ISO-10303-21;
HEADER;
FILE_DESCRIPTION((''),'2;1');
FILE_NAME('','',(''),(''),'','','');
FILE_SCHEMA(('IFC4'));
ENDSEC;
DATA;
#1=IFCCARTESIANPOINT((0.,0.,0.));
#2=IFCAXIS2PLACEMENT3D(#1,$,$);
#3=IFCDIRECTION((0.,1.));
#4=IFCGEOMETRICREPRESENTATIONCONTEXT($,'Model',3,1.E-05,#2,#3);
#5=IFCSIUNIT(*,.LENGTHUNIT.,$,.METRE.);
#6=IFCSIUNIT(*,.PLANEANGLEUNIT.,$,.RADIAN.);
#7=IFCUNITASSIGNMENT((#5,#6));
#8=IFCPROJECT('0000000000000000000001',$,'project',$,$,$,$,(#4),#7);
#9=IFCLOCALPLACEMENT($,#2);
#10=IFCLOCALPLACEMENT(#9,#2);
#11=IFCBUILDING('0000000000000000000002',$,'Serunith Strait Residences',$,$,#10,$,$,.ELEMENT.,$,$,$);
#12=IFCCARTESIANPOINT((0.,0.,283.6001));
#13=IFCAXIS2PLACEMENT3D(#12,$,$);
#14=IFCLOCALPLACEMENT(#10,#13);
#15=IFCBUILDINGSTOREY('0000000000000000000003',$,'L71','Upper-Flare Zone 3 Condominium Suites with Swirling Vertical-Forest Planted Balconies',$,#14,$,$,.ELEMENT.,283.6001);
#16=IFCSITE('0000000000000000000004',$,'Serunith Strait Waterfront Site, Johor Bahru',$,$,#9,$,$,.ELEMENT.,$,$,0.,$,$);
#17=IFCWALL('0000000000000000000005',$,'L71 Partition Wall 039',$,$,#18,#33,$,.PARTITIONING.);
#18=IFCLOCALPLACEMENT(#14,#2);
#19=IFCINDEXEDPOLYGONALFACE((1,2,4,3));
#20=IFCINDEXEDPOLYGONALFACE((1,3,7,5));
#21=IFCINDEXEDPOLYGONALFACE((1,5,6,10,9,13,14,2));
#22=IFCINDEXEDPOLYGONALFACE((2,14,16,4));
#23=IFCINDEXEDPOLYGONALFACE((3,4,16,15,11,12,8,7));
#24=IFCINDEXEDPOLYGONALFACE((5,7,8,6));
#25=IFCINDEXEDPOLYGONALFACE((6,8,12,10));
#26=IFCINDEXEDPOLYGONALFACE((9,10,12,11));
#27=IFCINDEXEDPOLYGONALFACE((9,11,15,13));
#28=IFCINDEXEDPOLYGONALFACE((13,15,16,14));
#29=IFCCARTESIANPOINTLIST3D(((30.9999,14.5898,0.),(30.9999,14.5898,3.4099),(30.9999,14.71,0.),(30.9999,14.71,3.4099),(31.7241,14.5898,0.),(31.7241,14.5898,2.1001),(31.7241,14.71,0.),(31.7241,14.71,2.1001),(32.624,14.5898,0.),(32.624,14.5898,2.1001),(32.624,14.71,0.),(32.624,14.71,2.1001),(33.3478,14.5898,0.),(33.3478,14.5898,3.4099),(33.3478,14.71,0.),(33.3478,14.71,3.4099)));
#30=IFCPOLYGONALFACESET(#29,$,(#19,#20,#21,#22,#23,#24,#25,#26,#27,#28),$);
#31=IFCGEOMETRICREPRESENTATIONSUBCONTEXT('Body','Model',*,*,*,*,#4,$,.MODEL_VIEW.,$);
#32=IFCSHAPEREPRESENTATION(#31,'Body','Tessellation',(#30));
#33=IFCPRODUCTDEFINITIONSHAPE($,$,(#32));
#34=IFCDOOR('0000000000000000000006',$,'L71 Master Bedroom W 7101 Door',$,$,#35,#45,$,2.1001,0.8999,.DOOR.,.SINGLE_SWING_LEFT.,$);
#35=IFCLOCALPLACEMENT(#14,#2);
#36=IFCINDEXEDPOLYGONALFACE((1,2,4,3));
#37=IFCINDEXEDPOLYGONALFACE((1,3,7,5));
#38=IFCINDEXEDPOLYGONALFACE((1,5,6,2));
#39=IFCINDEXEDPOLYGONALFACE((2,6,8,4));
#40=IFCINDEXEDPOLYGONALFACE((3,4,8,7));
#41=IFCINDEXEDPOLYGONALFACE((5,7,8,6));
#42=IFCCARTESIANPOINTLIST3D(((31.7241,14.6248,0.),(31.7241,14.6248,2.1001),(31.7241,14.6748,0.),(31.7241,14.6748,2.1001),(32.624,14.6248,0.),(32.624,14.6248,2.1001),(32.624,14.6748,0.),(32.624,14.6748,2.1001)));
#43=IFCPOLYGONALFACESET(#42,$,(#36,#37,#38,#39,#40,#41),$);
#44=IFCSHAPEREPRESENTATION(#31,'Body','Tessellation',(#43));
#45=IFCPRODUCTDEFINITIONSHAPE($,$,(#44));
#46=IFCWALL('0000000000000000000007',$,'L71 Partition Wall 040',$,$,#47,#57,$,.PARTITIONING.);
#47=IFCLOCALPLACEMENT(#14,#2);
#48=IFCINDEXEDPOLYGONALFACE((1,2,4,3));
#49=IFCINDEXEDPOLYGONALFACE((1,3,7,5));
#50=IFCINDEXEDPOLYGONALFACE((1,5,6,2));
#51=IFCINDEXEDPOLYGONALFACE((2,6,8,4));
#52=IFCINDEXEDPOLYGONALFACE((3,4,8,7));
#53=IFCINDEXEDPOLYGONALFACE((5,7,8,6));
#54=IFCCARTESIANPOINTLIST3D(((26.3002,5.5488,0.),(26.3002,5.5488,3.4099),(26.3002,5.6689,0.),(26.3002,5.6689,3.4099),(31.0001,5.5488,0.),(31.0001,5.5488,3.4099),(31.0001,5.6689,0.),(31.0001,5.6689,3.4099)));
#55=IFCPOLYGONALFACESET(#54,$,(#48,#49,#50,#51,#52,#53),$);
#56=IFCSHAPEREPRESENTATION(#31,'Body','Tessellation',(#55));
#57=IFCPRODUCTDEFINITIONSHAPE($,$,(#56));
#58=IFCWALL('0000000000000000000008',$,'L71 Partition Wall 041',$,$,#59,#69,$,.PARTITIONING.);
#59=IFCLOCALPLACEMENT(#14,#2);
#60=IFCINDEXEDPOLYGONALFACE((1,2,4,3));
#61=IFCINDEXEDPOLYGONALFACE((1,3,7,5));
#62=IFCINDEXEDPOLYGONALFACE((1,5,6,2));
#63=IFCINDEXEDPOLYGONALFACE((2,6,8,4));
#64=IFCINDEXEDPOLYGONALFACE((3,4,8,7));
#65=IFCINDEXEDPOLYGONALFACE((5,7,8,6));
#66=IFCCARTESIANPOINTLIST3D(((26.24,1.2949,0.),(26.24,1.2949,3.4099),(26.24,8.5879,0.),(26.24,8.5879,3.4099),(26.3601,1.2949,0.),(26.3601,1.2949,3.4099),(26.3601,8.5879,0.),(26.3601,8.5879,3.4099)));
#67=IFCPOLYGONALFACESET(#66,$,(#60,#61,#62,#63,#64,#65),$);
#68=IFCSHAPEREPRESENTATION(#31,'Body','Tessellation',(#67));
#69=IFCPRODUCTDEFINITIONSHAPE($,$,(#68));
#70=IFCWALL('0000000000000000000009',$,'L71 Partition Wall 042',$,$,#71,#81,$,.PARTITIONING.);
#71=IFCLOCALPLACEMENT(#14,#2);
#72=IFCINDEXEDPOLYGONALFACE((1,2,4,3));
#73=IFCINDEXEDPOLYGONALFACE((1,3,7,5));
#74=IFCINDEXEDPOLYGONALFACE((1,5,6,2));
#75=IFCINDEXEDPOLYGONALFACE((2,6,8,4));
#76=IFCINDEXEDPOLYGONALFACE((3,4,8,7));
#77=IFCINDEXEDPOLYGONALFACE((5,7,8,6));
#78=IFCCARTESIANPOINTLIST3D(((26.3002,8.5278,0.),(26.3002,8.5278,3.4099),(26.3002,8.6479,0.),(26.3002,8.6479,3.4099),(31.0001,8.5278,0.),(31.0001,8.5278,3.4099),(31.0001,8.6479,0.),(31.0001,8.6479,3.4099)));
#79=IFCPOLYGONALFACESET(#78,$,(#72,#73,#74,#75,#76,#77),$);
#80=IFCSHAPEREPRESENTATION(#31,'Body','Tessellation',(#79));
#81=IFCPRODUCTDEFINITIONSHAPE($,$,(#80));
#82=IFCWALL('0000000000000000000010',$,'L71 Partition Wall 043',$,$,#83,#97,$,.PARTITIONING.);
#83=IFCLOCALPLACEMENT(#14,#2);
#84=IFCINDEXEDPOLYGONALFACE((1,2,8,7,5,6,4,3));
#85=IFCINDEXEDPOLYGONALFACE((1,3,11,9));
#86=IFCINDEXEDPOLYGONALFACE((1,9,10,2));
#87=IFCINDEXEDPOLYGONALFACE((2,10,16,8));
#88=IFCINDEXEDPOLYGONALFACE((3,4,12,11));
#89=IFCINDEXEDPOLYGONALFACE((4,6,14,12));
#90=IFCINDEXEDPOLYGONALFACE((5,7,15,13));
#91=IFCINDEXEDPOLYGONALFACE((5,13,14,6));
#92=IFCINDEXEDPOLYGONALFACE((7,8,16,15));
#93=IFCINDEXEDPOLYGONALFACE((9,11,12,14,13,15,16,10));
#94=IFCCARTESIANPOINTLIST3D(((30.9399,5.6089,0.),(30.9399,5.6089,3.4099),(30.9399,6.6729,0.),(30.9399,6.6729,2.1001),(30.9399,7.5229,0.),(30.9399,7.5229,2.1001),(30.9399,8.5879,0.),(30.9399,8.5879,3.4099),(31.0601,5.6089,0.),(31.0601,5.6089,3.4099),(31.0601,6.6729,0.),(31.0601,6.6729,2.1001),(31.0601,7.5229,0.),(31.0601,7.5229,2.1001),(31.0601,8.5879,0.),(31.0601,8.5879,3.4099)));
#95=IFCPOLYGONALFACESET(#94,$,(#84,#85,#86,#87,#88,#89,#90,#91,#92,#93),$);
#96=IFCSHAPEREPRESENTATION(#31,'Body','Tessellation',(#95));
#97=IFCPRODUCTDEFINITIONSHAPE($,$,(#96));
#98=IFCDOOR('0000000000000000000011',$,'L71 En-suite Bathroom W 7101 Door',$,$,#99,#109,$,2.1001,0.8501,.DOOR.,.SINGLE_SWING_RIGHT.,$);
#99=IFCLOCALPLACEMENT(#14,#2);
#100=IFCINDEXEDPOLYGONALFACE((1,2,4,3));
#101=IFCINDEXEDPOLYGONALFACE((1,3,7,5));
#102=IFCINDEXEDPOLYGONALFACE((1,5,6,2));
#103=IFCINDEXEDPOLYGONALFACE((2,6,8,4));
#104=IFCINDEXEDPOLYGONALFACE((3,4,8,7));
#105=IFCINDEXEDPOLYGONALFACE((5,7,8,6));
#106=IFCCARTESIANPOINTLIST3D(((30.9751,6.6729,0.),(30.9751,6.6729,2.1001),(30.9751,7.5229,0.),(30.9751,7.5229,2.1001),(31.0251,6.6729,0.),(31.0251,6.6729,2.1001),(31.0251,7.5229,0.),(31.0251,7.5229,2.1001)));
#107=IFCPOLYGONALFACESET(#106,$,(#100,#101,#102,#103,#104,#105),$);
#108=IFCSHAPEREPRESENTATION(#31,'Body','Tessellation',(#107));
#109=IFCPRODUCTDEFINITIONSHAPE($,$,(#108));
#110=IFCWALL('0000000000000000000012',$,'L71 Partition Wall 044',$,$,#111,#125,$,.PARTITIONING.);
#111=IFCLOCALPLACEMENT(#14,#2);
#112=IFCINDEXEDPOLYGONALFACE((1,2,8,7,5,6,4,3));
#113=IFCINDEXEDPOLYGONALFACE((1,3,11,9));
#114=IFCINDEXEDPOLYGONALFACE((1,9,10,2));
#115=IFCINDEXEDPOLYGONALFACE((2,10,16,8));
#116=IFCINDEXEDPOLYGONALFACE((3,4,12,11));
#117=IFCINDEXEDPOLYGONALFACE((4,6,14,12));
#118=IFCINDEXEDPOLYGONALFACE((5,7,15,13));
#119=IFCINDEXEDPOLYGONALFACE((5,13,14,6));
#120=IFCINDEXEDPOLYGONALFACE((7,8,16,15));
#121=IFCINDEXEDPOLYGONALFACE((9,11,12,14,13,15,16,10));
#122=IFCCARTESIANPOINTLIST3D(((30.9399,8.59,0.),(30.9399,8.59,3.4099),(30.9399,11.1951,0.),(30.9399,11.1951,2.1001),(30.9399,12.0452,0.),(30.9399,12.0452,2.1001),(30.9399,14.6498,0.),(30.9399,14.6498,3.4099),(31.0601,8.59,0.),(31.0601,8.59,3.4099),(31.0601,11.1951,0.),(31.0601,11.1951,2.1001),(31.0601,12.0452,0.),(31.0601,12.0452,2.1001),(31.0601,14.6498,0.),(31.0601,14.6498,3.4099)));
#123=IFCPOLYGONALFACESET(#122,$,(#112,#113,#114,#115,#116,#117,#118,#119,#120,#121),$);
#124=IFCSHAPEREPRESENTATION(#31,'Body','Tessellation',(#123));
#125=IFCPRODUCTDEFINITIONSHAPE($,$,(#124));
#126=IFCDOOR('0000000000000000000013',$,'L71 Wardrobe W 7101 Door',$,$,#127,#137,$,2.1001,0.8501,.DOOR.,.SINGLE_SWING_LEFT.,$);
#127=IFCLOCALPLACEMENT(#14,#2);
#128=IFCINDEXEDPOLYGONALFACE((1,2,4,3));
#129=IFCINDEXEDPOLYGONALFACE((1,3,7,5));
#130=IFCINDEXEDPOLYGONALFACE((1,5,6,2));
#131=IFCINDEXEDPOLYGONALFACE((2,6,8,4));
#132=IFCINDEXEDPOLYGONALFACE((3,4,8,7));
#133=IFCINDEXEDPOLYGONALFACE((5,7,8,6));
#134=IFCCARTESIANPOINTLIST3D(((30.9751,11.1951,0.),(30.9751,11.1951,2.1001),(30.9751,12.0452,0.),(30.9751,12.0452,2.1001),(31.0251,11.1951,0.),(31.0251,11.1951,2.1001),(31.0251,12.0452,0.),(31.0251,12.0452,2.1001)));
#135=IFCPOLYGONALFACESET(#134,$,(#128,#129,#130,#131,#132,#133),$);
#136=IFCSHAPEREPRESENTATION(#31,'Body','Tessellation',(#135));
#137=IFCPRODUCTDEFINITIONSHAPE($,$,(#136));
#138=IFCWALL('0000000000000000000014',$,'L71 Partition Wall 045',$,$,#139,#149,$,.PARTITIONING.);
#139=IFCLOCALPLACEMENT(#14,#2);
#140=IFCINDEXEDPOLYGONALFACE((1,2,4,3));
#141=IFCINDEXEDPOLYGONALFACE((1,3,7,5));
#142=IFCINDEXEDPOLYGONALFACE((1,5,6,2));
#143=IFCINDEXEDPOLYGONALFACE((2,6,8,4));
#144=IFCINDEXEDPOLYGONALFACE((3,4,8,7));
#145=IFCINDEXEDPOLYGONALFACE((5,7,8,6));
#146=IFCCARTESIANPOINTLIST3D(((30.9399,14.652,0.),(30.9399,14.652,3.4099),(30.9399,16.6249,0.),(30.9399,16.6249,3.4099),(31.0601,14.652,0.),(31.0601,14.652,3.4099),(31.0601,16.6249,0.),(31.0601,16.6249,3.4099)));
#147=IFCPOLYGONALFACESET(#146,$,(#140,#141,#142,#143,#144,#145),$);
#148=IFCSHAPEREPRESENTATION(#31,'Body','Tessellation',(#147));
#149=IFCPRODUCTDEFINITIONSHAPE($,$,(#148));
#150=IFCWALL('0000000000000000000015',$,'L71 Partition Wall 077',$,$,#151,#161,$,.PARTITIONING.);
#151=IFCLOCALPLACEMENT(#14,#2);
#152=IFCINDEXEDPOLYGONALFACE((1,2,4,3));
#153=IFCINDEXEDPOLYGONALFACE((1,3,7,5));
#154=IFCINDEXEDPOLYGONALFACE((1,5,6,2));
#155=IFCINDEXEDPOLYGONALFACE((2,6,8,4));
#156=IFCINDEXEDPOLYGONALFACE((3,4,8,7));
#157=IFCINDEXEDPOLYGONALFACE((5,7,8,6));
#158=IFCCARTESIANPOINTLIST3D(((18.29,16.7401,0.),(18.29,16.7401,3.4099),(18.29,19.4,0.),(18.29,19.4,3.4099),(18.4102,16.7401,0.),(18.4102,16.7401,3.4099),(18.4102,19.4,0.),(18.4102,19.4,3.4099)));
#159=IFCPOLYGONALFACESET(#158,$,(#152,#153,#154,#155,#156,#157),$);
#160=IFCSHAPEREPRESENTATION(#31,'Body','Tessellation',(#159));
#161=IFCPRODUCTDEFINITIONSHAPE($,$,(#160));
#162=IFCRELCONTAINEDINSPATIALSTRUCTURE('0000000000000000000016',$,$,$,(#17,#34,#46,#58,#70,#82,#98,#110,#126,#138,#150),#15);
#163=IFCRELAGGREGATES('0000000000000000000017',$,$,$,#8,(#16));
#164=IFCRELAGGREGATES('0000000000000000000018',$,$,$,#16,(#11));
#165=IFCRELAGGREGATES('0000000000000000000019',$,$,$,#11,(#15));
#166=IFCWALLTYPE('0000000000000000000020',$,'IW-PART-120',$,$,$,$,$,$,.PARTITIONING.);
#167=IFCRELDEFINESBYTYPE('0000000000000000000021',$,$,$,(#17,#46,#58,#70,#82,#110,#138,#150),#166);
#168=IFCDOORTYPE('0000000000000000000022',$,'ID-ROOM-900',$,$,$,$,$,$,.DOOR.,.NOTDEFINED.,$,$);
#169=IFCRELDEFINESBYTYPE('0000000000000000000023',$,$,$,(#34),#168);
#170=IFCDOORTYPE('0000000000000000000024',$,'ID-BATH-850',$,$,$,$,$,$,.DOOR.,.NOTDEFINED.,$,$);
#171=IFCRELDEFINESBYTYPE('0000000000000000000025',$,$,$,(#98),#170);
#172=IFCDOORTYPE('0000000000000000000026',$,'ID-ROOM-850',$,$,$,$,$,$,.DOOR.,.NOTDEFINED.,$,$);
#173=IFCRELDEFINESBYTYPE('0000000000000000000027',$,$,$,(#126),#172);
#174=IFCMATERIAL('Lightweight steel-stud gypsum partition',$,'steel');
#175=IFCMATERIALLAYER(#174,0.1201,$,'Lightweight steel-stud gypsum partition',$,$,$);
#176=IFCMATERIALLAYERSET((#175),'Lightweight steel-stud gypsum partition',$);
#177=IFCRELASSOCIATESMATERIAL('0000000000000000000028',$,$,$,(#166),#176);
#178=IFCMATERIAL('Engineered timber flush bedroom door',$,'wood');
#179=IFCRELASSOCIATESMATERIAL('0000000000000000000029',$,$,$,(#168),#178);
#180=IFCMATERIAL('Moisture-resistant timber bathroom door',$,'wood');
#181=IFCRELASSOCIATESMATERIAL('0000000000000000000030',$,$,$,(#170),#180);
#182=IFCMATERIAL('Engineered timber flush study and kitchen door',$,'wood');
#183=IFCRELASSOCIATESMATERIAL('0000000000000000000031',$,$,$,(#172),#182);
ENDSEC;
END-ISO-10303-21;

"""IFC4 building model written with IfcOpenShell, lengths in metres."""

from ifc_helpers import new_model, si_unit, direction, frame, frame_2d, origin, place, context, subcontext, project, spatial, rectangle, extrude, source, transform, mapped, material, layer, layer_set, type_object, element, fill, save


model = new_model("IFC4")

# Units and contexts
model_context = context("Model", 3, precision=1e-05, world=origin(), true_north=direction((0.0, 1.0)))
body_context = subcontext(model_context, "Body", "Model", "MODEL_VIEW")
ifc_project = project(units=[si_unit("LENGTHUNIT", "METRE"), si_unit("PLANEANGLEUNIT", "RADIAN")], contexts=[model_context])

# Site, building, storey
site_placement = place(None, origin())
site = spatial("IfcSite", under=ifc_project, at=site_placement, Name="Serunith Strait Waterfront Site, Johor Bahru", CompositionType="ELEMENT", RefElevation=0.0)
building_placement = place(site_placement, origin())
building = spatial("IfcBuilding", under=site, at=building_placement, Name="Serunith Strait Residences", CompositionType="ELEMENT")
storey_placement = place(building_placement, frame((0.0, 0.0, 283.6001)))
storey = spatial("IfcBuildingStorey", under=building, at=storey_placement, Name="L71", Description="Upper-Flare Zone 3 Condominium Suites with Swirling Vertical-Forest Planted Balconies", CompositionType="ELEMENT", Elevation=283.6001)

# Wall, opening, door
ifc_material_1 = material(Name="Lightweight steel-stud gypsum partition", Category="steel")
ifc_layer_1 = layer(ifc_material_1, 0.1201, Name="Lightweight steel-stud gypsum partition")
ifc_layer_set_1 = layer_set([ifc_layer_1], Name="Lightweight steel-stud gypsum partition")
wall_type = type_object("IfcWallType", Name="IW-PART-120", PredefinedType="PARTITIONING", material=ifc_layer_set_1)
wall_1_placement = place(storey_placement, frame((31.0, 14.6499, 0.0), z_axis=(0.0, 0.0, 1.0), x_axis=(1.0, 0.0, 0.0)))
wall_1 = element("IfcWall", 1, at=wall_1_placement, inside=storey, type_object=wall_type, Name="L71 Partition Wall 039", PredefinedType="PARTITIONING", context=body_context, shape_type="SweptSolid", body=[
    extrude(rectangle(XDim=2.3479, YDim=0.1201, at=frame_2d((1.1738, 0.0))), origin(), (0.0, 0.0, 1.0), 3.4099),
])
opening_1_placement = place(wall_1_placement, frame((0.7241, 0.0, 0.0)))
opening_1 = element("IfcOpeningElement", 2, at=opening_1_placement, cuts=wall_1, PredefinedType="OPENING", context=body_context, shape_type="SweptSolid", body=[
    extrude(rectangle(XDim=0.8999, YDim=2.1001, at=frame_2d((0.45, 1.05))), frame((0.0, 0.0701, 0.0), z_axis=(0.0, -1.0, 0.0), x_axis=(1.0, 0.0, 0.0)), (0.0, 0.0, 1.0), 0.1401),
])
ifc_material_2 = material(Name="Engineered timber flush bedroom door", Category="wood")
door_type_1 = type_object("IfcDoorType", Name="ID-ROOM-900", OperationType="NOTDEFINED", PredefinedType="DOOR", material=ifc_material_2)
shared_shape_1 = source(origin(), body_context, "Body", "SweptSolid", [
    extrude(rectangle(XDim=0.8999, YDim=2.1001, at=frame_2d((0.45, 1.05))), frame((0.0, 0.0249, 0.0), z_axis=(0.0, -1.0, 0.0), x_axis=(1.0, 0.0, 0.0)), (0.0, 0.0, 1.0), 0.05),
])
door_1_placement = place(opening_1_placement, origin())
door_1 = element("IfcDoor", 3, at=door_1_placement, inside=storey, type_object=door_type_1, Name="L71 Master Bedroom W 7101 Door", OperationType="SINGLE_SWING_LEFT", OverallHeight=2.1001, OverallWidth=0.8999, PredefinedType="DOOR", context=body_context, shape_type="MappedRepresentation", body=[
    mapped(shared_shape_1, transform((0.0, 0.0, 0.0), scale=1.0)),
])
fill(opening_1, door_1)

# Walls
wall_2_placement = place(storey_placement, frame((26.3, 5.6089, 0.0), z_axis=(0.0, 0.0, 1.0), x_axis=(1.0, 0.0, 0.0)))
element("IfcWall", 4, at=wall_2_placement, inside=storey, type_object=wall_type, Name="L71 Partition Wall 040", PredefinedType="PARTITIONING", context=body_context, shape_type="SweptSolid", body=[
    extrude(rectangle(XDim=4.7, YDim=0.1201, at=frame_2d((2.3501, 0.0))), origin(), (0.0, 0.0, 1.0), 3.4099),
])
wall_3_placement = place(storey_placement, frame((26.3, 1.2949, 0.0), z_axis=(0.0, 0.0, 1.0), x_axis=(0.0, 1.0, 0.0)))
element("IfcWall", 5, at=wall_3_placement, inside=storey, type_object=wall_type, Name="L71 Partition Wall 041", PredefinedType="PARTITIONING", context=body_context, shape_type="SweptSolid", body=[
    extrude(rectangle(XDim=7.293, YDim=0.1201, at=frame_2d((3.6465, 0.0))), origin(), (0.0, 0.0, 1.0), 3.4099),
])
wall_4_placement = place(storey_placement, frame((26.3, 8.5879, 0.0), z_axis=(0.0, 0.0, 1.0), x_axis=(1.0, 0.0, 0.0)))
element("IfcWall", 6, at=wall_4_placement, inside=storey, type_object=wall_type, Name="L71 Partition Wall 042", PredefinedType="PARTITIONING", context=body_context, shape_type="SweptSolid", body=[
    extrude(rectangle(XDim=4.7, YDim=0.1201, at=frame_2d((2.3501, 0.0))), origin(), (0.0, 0.0, 1.0), 3.4099),
])

# Walls, openings, doors
wall_5_placement = place(storey_placement, frame((31.0, 5.6089, 0.0), z_axis=(0.0, 0.0, 1.0), x_axis=(0.0, 1.0, 0.0)))
wall_5 = element("IfcWall", 7, at=wall_5_placement, inside=storey, type_object=wall_type, Name="L71 Partition Wall 043", PredefinedType="PARTITIONING", context=body_context, shape_type="SweptSolid", body=[
    extrude(rectangle(XDim=2.979, YDim=0.1201, at=frame_2d((1.4895, 0.0))), origin(), (0.0, 0.0, 1.0), 3.4099),
])
opening_2_placement = place(wall_5_placement, frame((1.064, 0.0, 0.0)))
opening_2 = element("IfcOpeningElement", 8, at=opening_2_placement, cuts=wall_5, PredefinedType="OPENING", context=body_context, shape_type="SweptSolid", body=[
    extrude(rectangle(XDim=0.8501, YDim=2.1001, at=frame_2d((0.425, 1.05))), frame((0.0, 0.0701, 0.0), z_axis=(0.0, -1.0, 0.0), x_axis=(1.0, 0.0, 0.0)), (0.0, 0.0, 1.0), 0.1401),
])
ifc_material_3 = material(Name="Moisture-resistant timber bathroom door", Category="wood")
door_type_2 = type_object("IfcDoorType", Name="ID-BATH-850", OperationType="NOTDEFINED", PredefinedType="DOOR", material=ifc_material_3)
shared_shape_2 = source(origin(), body_context, "Body", "SweptSolid", [
    extrude(rectangle(XDim=0.8501, YDim=2.1001, at=frame_2d((0.425, 1.05))), frame((0.0, 0.0249, 0.0), z_axis=(0.0, -1.0, 0.0), x_axis=(1.0, 0.0, 0.0)), (0.0, 0.0, 1.0), 0.05),
])
door_2_placement = place(opening_2_placement, origin())
door_2 = element("IfcDoor", 9, at=door_2_placement, inside=storey, type_object=door_type_2, Name="L71 En-suite Bathroom W 7101 Door", OperationType="SINGLE_SWING_RIGHT", OverallHeight=2.1001, OverallWidth=0.8501, PredefinedType="DOOR", context=body_context, shape_type="MappedRepresentation", body=[
    mapped(shared_shape_2, transform((0.0, 0.0, 0.0), scale=1.0)),
])
fill(opening_2, door_2)
wall_6_placement = place(storey_placement, frame((31.0, 8.5901, 0.0), z_axis=(0.0, 0.0, 1.0), x_axis=(0.0, 1.0, 0.0)))
wall_6 = element("IfcWall", 10, at=wall_6_placement, inside=storey, type_object=wall_type, Name="L71 Partition Wall 044", PredefinedType="PARTITIONING", context=body_context, shape_type="SweptSolid", body=[
    extrude(rectangle(XDim=6.0598, YDim=0.1201, at=frame_2d((3.0298, 0.0))), origin(), (0.0, 0.0, 1.0), 3.4099),
])
opening_3_placement = place(wall_6_placement, frame((2.605, 0.0, 0.0)))
opening_3 = element("IfcOpeningElement", 11, at=opening_3_placement, cuts=wall_6, PredefinedType="OPENING", context=body_context, shape_type="SweptSolid", body=[
    extrude(rectangle(XDim=0.8501, YDim=2.1001, at=frame_2d((0.425, 1.05))), frame((0.0, 0.0701, 0.0), z_axis=(0.0, -1.0, 0.0), x_axis=(1.0, 0.0, 0.0)), (0.0, 0.0, 1.0), 0.1401),
])
ifc_material_4 = material(Name="Engineered timber flush study and kitchen door", Category="wood")
door_type_3 = type_object("IfcDoorType", Name="ID-ROOM-850", OperationType="NOTDEFINED", PredefinedType="DOOR", material=ifc_material_4)
door_3_placement = place(opening_3_placement, origin())
door_3 = element("IfcDoor", 12, at=door_3_placement, inside=storey, type_object=door_type_3, Name="L71 Wardrobe W 7101 Door", OperationType="SINGLE_SWING_LEFT", OverallHeight=2.1001, OverallWidth=0.8501, PredefinedType="DOOR", context=body_context, shape_type="MappedRepresentation", body=[
    mapped(shared_shape_2, transform((0.0, 0.0, 0.0), scale=1.0)),
])
fill(opening_3, door_3)

# Walls
wall_7_placement = place(storey_placement, frame((31.0, 14.6521, 0.0), z_axis=(0.0, 0.0, 1.0), x_axis=(0.0, 1.0, 0.0)))
element("IfcWall", 13, at=wall_7_placement, inside=storey, type_object=wall_type, Name="L71 Partition Wall 045", PredefinedType="PARTITIONING", context=body_context, shape_type="SweptSolid", body=[
    extrude(rectangle(XDim=1.9729, YDim=0.1201, at=frame_2d((0.9863, 0.0))), origin(), (0.0, 0.0, 1.0), 3.4099),
])
wall_8_placement = place(storey_placement, frame((18.3501, 16.74, 0.0), z_axis=(0.0, 0.0, 1.0), x_axis=(0.0, 1.0, 0.0)))
element("IfcWall", 14, at=wall_8_placement, inside=storey, type_object=wall_type, Name="L71 Partition Wall 077", PredefinedType="PARTITIONING", context=body_context, shape_type="SweptSolid", body=[
    extrude(rectangle(XDim=2.6599, YDim=0.1201, at=frame_2d((1.3301, 0.0))), origin(), (0.0, 0.0, 1.0), 3.4099),
])

save(model, "model.ifc")
